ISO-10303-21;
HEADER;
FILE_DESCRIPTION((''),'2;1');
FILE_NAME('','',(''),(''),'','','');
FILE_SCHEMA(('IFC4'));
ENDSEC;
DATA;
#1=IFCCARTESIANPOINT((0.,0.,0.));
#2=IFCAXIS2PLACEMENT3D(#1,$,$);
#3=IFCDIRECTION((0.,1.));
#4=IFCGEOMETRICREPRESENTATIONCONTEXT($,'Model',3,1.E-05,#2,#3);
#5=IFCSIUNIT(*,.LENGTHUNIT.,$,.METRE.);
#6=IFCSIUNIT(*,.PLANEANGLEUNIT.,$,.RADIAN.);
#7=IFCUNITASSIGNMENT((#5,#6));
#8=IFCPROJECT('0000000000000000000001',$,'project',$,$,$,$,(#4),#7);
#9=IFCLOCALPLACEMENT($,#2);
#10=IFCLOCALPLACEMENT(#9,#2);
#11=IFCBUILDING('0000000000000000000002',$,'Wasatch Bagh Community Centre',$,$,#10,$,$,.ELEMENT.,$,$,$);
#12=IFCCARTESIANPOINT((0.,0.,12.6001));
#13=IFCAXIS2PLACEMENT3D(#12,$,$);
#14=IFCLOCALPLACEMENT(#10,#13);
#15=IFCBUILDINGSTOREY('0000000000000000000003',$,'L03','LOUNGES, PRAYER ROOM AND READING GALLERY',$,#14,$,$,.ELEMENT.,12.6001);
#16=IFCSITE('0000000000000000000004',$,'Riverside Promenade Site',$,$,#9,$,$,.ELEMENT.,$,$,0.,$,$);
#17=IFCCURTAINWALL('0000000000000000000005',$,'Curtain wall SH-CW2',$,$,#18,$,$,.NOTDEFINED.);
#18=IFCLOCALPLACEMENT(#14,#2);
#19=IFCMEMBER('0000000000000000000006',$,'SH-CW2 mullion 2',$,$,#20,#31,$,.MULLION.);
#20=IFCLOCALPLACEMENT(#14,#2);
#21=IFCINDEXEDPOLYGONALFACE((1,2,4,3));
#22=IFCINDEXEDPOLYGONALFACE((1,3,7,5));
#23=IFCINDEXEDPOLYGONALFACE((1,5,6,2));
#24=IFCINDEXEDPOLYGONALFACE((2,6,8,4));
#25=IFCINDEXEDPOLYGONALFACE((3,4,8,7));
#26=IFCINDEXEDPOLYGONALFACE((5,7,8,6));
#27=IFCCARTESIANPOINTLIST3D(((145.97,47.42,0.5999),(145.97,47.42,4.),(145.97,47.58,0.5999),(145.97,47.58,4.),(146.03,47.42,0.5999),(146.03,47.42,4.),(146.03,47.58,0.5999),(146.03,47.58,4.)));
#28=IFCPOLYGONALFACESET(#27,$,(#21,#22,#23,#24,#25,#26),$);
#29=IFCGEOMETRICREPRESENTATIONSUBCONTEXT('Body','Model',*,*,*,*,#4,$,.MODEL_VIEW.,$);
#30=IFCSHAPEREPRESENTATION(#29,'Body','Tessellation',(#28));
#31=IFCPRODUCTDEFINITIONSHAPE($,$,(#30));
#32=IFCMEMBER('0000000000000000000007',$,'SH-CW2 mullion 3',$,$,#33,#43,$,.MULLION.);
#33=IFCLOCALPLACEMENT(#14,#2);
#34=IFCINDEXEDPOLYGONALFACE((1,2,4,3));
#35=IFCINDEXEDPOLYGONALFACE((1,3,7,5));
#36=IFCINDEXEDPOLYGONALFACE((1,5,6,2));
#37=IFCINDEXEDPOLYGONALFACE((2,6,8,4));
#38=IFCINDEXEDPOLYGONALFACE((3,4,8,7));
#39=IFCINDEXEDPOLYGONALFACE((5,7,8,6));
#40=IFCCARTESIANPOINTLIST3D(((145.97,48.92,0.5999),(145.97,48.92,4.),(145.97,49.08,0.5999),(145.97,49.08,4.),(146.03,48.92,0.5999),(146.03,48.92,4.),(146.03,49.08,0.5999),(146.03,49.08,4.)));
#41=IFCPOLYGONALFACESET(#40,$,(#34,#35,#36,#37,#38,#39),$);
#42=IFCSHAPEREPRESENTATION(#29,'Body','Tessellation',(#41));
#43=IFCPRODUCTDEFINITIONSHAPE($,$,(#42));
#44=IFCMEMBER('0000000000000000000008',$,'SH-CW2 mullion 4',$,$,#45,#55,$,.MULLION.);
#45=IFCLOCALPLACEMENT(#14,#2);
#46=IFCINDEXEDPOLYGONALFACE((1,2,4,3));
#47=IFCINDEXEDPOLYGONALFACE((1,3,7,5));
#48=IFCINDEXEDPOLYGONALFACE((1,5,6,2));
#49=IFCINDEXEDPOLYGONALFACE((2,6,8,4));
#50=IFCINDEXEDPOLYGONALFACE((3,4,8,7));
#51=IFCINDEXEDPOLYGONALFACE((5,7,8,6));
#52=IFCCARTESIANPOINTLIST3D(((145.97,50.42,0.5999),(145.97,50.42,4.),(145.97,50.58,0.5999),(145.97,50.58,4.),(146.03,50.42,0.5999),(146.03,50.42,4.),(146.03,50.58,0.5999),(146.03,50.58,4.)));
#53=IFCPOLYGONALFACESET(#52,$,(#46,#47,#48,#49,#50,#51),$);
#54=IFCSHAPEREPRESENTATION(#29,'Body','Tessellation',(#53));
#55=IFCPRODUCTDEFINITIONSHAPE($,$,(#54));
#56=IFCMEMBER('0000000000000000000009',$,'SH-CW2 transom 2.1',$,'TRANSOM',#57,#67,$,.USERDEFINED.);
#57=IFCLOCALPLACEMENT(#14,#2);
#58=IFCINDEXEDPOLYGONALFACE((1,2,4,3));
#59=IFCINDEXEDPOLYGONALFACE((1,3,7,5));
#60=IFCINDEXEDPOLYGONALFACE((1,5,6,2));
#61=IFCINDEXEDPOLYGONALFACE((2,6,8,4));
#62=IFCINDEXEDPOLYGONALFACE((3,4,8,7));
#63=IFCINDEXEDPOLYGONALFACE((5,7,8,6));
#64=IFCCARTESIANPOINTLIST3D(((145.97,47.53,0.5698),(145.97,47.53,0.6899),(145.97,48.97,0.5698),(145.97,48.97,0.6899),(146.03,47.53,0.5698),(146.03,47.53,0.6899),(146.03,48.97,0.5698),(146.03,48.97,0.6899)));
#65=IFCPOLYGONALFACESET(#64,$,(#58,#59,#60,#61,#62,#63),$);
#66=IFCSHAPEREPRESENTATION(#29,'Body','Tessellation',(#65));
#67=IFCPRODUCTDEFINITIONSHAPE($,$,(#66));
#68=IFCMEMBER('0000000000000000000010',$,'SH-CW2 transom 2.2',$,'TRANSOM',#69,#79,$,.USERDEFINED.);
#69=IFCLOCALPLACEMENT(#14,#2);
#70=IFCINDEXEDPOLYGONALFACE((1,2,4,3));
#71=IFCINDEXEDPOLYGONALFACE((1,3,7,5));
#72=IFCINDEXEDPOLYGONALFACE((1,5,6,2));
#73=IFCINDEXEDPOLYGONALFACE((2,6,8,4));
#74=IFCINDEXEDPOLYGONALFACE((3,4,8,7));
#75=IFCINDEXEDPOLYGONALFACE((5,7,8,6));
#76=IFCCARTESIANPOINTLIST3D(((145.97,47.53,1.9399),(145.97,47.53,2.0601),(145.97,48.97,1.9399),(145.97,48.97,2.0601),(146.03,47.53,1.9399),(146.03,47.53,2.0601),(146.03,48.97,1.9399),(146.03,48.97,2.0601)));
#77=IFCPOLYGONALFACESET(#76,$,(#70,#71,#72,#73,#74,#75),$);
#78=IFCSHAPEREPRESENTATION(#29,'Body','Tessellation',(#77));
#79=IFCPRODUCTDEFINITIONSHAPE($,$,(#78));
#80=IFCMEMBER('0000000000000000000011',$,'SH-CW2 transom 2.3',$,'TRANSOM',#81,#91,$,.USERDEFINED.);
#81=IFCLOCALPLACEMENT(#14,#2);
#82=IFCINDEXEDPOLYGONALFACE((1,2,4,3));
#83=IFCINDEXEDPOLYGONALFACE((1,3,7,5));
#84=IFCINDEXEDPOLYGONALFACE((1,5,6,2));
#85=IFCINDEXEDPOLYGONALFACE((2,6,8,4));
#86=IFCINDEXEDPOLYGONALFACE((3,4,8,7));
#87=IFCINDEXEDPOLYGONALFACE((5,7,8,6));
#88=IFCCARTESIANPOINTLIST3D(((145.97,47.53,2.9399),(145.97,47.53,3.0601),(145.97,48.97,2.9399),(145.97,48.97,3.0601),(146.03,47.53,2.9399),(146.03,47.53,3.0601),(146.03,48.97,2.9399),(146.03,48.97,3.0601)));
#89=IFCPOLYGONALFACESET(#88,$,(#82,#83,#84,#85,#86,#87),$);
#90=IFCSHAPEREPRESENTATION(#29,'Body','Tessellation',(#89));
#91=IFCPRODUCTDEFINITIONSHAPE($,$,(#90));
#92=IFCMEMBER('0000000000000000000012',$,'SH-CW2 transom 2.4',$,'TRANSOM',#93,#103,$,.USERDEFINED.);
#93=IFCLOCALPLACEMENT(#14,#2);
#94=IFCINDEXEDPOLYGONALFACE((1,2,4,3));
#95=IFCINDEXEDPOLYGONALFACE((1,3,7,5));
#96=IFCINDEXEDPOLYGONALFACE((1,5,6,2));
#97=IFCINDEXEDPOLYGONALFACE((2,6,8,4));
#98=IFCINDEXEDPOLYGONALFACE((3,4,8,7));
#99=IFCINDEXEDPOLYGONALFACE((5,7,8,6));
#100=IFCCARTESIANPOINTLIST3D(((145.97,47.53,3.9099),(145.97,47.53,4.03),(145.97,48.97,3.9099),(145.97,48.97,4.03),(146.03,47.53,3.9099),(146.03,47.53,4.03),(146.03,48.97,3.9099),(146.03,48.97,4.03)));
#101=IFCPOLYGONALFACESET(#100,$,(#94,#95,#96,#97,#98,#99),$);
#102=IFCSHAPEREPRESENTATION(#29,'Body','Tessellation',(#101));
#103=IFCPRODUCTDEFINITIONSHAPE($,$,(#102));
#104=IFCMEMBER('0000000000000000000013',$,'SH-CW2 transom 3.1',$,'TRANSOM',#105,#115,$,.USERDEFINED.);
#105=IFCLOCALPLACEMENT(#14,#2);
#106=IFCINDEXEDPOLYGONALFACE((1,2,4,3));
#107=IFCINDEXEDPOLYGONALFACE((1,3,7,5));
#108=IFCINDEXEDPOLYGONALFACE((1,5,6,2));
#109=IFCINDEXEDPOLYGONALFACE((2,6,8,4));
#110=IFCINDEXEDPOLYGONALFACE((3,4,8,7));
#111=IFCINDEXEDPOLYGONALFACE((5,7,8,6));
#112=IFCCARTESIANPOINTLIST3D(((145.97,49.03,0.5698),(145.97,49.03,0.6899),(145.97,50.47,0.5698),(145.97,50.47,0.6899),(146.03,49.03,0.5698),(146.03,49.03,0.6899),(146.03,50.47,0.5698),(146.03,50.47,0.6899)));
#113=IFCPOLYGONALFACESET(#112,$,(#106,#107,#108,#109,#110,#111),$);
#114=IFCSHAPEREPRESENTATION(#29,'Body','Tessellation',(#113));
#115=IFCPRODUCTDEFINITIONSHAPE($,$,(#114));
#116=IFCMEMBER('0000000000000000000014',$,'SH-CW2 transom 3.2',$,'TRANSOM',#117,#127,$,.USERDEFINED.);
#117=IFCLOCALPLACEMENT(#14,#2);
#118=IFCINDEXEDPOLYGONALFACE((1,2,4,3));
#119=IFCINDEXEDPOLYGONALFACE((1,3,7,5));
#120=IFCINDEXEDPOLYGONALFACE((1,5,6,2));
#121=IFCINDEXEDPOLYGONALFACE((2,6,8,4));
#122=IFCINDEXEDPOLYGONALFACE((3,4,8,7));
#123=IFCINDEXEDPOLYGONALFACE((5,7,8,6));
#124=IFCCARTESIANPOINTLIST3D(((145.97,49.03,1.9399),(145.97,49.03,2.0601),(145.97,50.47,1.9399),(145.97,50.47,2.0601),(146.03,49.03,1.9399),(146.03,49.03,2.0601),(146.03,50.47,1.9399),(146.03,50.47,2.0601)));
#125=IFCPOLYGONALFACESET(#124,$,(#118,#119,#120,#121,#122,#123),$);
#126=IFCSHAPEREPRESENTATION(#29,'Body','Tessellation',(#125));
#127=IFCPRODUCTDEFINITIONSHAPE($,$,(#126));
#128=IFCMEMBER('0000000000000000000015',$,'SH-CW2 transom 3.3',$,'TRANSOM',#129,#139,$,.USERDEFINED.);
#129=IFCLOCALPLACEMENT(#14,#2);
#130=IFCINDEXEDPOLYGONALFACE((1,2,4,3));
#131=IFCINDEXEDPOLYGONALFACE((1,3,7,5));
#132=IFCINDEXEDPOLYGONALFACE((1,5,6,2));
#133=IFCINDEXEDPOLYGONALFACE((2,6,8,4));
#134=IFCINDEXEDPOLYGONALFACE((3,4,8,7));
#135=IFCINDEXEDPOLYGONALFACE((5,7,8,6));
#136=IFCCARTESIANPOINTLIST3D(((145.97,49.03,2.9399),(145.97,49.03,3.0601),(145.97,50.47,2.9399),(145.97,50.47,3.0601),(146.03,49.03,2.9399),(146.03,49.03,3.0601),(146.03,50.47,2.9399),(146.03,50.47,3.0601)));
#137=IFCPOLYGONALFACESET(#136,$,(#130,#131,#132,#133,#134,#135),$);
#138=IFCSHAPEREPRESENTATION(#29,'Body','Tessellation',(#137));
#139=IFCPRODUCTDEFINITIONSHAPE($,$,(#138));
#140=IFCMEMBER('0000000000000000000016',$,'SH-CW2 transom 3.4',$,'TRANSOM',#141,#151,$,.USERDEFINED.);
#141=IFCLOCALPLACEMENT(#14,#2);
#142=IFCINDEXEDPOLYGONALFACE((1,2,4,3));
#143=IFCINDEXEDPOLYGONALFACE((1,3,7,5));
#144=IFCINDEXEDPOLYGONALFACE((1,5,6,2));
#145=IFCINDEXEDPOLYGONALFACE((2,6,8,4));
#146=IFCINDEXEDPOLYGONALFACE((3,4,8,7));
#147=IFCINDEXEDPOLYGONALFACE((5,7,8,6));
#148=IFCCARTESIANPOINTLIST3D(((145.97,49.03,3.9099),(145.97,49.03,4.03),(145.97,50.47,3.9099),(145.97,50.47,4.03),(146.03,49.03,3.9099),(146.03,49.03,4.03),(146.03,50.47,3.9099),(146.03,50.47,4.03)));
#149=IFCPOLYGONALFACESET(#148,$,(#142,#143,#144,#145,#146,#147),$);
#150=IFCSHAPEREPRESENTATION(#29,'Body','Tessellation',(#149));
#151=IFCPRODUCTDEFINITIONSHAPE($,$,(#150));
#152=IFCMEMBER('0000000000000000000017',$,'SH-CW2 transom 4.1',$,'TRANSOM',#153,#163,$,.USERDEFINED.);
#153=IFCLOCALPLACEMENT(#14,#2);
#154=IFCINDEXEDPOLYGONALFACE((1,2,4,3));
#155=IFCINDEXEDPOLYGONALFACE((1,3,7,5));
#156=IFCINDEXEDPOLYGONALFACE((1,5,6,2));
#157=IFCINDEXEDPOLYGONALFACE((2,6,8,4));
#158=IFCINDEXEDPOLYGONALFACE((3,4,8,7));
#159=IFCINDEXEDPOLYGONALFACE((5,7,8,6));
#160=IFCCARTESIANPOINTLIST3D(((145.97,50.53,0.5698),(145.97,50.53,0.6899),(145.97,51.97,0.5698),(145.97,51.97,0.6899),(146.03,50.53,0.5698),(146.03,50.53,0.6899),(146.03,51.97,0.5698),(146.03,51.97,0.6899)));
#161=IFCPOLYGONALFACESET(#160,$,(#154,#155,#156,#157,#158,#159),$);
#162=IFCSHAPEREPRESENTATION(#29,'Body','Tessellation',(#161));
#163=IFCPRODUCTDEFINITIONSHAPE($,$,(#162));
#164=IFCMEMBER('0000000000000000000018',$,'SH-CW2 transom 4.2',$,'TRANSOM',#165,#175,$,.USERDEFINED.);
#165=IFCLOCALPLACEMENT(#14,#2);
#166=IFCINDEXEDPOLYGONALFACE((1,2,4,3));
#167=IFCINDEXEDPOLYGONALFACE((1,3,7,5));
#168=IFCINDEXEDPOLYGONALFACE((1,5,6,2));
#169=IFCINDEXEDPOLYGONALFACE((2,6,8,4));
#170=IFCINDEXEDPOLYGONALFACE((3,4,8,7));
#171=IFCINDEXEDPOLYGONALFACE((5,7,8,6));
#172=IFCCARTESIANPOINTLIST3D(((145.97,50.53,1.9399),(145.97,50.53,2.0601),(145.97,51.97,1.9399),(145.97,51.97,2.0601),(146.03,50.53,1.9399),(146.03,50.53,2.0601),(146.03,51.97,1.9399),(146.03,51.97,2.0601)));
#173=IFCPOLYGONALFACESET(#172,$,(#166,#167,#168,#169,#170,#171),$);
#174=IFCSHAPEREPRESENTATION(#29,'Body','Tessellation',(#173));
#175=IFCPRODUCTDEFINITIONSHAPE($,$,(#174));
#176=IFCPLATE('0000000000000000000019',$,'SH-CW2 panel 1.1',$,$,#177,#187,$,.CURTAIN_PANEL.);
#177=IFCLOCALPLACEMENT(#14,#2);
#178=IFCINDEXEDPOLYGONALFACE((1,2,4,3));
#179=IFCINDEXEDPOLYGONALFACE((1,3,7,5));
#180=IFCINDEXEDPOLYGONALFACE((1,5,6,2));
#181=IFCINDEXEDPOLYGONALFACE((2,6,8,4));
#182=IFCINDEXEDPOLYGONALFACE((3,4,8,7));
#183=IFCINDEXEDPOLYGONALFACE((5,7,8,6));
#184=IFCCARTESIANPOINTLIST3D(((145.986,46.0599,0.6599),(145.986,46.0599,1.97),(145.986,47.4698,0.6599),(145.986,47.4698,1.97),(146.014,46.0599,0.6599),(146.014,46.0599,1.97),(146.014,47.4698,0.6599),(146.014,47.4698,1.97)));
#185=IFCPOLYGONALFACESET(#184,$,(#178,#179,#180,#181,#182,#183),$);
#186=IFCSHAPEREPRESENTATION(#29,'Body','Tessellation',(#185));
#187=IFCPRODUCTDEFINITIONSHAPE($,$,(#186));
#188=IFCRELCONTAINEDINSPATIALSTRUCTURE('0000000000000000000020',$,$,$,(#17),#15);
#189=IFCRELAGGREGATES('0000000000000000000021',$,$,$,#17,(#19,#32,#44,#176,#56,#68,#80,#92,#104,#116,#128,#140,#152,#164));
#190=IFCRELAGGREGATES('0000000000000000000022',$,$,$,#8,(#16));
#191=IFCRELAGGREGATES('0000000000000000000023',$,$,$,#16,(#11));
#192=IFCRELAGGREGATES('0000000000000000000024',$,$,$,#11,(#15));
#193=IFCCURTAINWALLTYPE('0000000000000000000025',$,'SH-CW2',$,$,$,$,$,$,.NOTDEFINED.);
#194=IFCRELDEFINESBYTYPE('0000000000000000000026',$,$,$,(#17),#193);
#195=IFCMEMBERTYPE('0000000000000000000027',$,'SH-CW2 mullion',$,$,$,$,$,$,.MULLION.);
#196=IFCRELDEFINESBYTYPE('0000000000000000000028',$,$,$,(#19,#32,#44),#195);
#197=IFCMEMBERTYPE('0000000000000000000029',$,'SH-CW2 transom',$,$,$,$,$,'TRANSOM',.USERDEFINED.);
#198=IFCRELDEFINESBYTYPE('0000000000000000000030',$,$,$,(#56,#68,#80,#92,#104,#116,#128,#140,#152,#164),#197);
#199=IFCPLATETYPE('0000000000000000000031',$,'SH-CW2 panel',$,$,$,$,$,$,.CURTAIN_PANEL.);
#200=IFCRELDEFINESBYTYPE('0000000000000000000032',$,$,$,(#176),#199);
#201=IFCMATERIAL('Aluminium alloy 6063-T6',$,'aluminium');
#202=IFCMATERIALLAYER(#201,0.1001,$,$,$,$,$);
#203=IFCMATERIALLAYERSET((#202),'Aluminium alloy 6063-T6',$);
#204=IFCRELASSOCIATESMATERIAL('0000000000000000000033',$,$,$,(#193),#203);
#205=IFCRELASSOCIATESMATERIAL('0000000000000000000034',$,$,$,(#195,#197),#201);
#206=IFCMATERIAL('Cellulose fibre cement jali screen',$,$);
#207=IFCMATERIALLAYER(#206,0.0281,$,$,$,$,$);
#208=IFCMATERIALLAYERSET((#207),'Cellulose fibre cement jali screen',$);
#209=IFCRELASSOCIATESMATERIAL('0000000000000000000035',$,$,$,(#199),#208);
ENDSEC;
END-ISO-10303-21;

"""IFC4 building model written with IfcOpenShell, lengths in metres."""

from ifc_helpers import new_model, si_unit, direction, frame, origin, origin_2d, place, context, subcontext, project, spatial, rectangle, extrude, material, layer, layer_set, material_profile, profile_set, type_object, element, aggregate, save


model = new_model("IFC4")

# Units and contexts
model_context = context("Model", 3, precision=1e-05, world=origin(), true_north=direction((0.0, 1.0)))
body_context = subcontext(model_context, "Body", "Model", "MODEL_VIEW")
ifc_project = project(units=[si_unit("LENGTHUNIT", "METRE"), si_unit("PLANEANGLEUNIT", "RADIAN")], contexts=[model_context])

# Site, building, storey
site_placement = place(None, origin())
site = spatial("IfcSite", under=ifc_project, at=site_placement, Name="Riverside Promenade Site", CompositionType="ELEMENT", RefElevation=0.0)
building_placement = place(site_placement, origin())
building = spatial("IfcBuilding", under=site, at=building_placement, Name="Wasatch Bagh Community Centre", CompositionType="ELEMENT")
storey_placement = place(building_placement, frame((0.0, 0.0, 12.6001)))
storey = spatial("IfcBuildingStorey", under=building, at=storey_placement, Name="L03", Description="LOUNGES, PRAYER ROOM AND READING GALLERY", CompositionType="ELEMENT", Elevation=12.6001)

# Curtain wall, members, plate
ifc_material_1 = material(Name="Aluminium alloy 6063-T6", Category="aluminium")
ifc_layer_1 = layer(ifc_material_1, 0.1001)
ifc_layer_set_1 = layer_set([ifc_layer_1], Name="Aluminium alloy 6063-T6")
curtain_wall_type = type_object("IfcCurtainWallType", Name="SH-CW2", PredefinedType="NOTDEFINED", material=ifc_layer_set_1)
curtain_wall_placement = place(storey_placement, origin())
curtain_wall = element("IfcCurtainWall", 1, at=curtain_wall_placement, inside=storey, type_object=curtain_wall_type, Name="Curtain wall SH-CW2", PredefinedType="NOTDEFINED")
ifc_material_profile_1 = material_profile(ifc_material_1, rectangle(XDim=0.0601, YDim=0.1599, at=origin_2d()), Name="AL 60x160")
ifc_profile_set_1 = profile_set([ifc_material_profile_1], Name="Aluminium alloy 6063-T6")
member_type_1 = type_object("IfcMemberType", Name="SH-CW2 mullion", PredefinedType="MULLION", material=ifc_profile_set_1)
member_1_placement = place(storey_placement, frame((146.0, 47.5, 0.5999), z_axis=(0.0, 0.0, 1.0), x_axis=(-1.0, 0.0, 0.0)))
member_1 = element("IfcMember", 2, at=member_1_placement, type_object=member_type_1, Name="SH-CW2 mullion 2", PredefinedType="MULLION", context=body_context, shape_type="SweptSolid", body=[
    extrude(rectangle(XDim=0.0601, YDim=0.1599, at=origin_2d()), origin(), (0.0, 0.0, 1.0), 3.4001),
])
member_2_placement = place(storey_placement, frame((146.0, 49.0, 0.5999), z_axis=(0.0, 0.0, 1.0), x_axis=(-1.0, 0.0, 0.0)))
member_2 = element("IfcMember", 3, at=member_2_placement, type_object=member_type_1, Name="SH-CW2 mullion 3", PredefinedType="MULLION", context=body_context, shape_type="SweptSolid", body=[
    extrude(rectangle(XDim=0.0601, YDim=0.1599, at=origin_2d()), origin(), (0.0, 0.0, 1.0), 3.4001),
])
member_3_placement = place(storey_placement, frame((146.0, 50.5, 0.5999), z_axis=(0.0, 0.0, 1.0), x_axis=(-1.0, 0.0, 0.0)))
member_3 = element("IfcMember", 4, at=member_3_placement, type_object=member_type_1, Name="SH-CW2 mullion 4", PredefinedType="MULLION", context=body_context, shape_type="SweptSolid", body=[
    extrude(rectangle(XDim=0.0601, YDim=0.1599, at=origin_2d()), origin(), (0.0, 0.0, 1.0), 3.4001),
])
ifc_material_profile_2 = material_profile(ifc_material_1, rectangle(XDim=0.0601, YDim=0.1201, at=origin_2d()), Name="AL 60x120")
ifc_profile_set_2 = profile_set([ifc_material_profile_2], Name="Aluminium alloy 6063-T6")
member_type_2 = type_object("IfcMemberType", Name="SH-CW2 transom", ElementType="TRANSOM", PredefinedType="USERDEFINED", material=ifc_profile_set_2)
member_4_placement = place(storey_placement, frame((146.0, 47.53, 0.6299), z_axis=(0.0, 1.0, 0.0), x_axis=(-1.0, 0.0, 0.0)))
member_4 = element("IfcMember", 5, at=member_4_placement, type_object=member_type_2, Name="SH-CW2 transom 2.1", ObjectType="TRANSOM", PredefinedType="USERDEFINED", context=body_context, shape_type="SweptSolid", body=[
    extrude(rectangle(XDim=0.0601, YDim=0.1201, at=origin_2d()), origin(), (0.0, 0.0, 1.0), 1.4399),
])
member_5_placement = place(storey_placement, frame((146.0, 47.53, 2.0), z_axis=(0.0, 1.0, 0.0), x_axis=(-1.0, 0.0, 0.0)))
member_5 = element("IfcMember", 6, at=member_5_placement, type_object=member_type_2, Name="SH-CW2 transom 2.2", ObjectType="TRANSOM", PredefinedType="USERDEFINED", context=body_context, shape_type="SweptSolid", body=[
    extrude(rectangle(XDim=0.0601, YDim=0.1201, at=origin_2d()), origin(), (0.0, 0.0, 1.0), 1.4399),
])
member_6_placement = place(storey_placement, frame((146.0, 47.53, 3.0), z_axis=(0.0, 1.0, 0.0), x_axis=(-1.0, 0.0, 0.0)))
member_6 = element("IfcMember", 7, at=member_6_placement, type_object=member_type_2, Name="SH-CW2 transom 2.3", ObjectType="TRANSOM", PredefinedType="USERDEFINED", context=body_context, shape_type="SweptSolid", body=[
    extrude(rectangle(XDim=0.0601, YDim=0.1201, at=origin_2d()), origin(), (0.0, 0.0, 1.0), 1.4399),
])
member_7_placement = place(storey_placement, frame((146.0, 47.53, 3.97), z_axis=(0.0, 1.0, 0.0), x_axis=(-1.0, 0.0, 0.0)))
member_7 = element("IfcMember", 8, at=member_7_placement, type_object=member_type_2, Name="SH-CW2 transom 2.4", ObjectType="TRANSOM", PredefinedType="USERDEFINED", context=body_context, shape_type="SweptSolid", body=[
    extrude(rectangle(XDim=0.0601, YDim=0.1201, at=origin_2d()), origin(), (0.0, 0.0, 1.0), 1.4399),
])
member_8_placement = place(storey_placement, frame((146.0, 49.03, 0.6299), z_axis=(0.0, 1.0, 0.0), x_axis=(-1.0, 0.0, 0.0)))
member_8 = element("IfcMember", 9, at=member_8_placement, type_object=member_type_2, Name="SH-CW2 transom 3.1", ObjectType="TRANSOM", PredefinedType="USERDEFINED", context=body_context, shape_type="SweptSolid", body=[
    extrude(rectangle(XDim=0.0601, YDim=0.1201, at=origin_2d()), origin(), (0.0, 0.0, 1.0), 1.4399),
])
member_9_placement = place(storey_placement, frame((146.0, 49.03, 2.0), z_axis=(0.0, 1.0, 0.0), x_axis=(-1.0, 0.0, 0.0)))
member_9 = element("IfcMember", 10, at=member_9_placement, type_object=member_type_2, Name="SH-CW2 transom 3.2", ObjectType="TRANSOM", PredefinedType="USERDEFINED", context=body_context, shape_type="SweptSolid", body=[
    extrude(rectangle(XDim=0.0601, YDim=0.1201, at=origin_2d()), origin(), (0.0, 0.0, 1.0), 1.4399),
])
member_10_placement = place(storey_placement, frame((146.0, 49.03, 3.0), z_axis=(0.0, 1.0, 0.0), x_axis=(-1.0, 0.0, 0.0)))
member_10 = element("IfcMember", 11, at=member_10_placement, type_object=member_type_2, Name="SH-CW2 transom 3.3", ObjectType="TRANSOM", PredefinedType="USERDEFINED", context=body_context, shape_type="SweptSolid", body=[
    extrude(rectangle(XDim=0.0601, YDim=0.1201, at=origin_2d()), origin(), (0.0, 0.0, 1.0), 1.4399),
])
member_11_placement = place(storey_placement, frame((146.0, 49.03, 3.97), z_axis=(0.0, 1.0, 0.0), x_axis=(-1.0, 0.0, 0.0)))
member_11 = element("IfcMember", 12, at=member_11_placement, type_object=member_type_2, Name="SH-CW2 transom 3.4", ObjectType="TRANSOM", PredefinedType="USERDEFINED", context=body_context, shape_type="SweptSolid", body=[
    extrude(rectangle(XDim=0.0601, YDim=0.1201, at=origin_2d()), origin(), (0.0, 0.0, 1.0), 1.4399),
])
member_12_placement = place(storey_placement, frame((146.0, 50.53, 0.6299), z_axis=(0.0, 1.0, 0.0), x_axis=(-1.0, 0.0, 0.0)))
member_12 = element("IfcMember", 13, at=member_12_placement, type_object=member_type_2, Name="SH-CW2 transom 4.1", ObjectType="TRANSOM", PredefinedType="USERDEFINED", context=body_context, shape_type="SweptSolid", body=[
    extrude(rectangle(XDim=0.0601, YDim=0.1201, at=origin_2d()), origin(), (0.0, 0.0, 1.0), 1.4399),
])
member_13_placement = place(storey_placement, frame((146.0, 50.53, 2.0), z_axis=(0.0, 1.0, 0.0), x_axis=(-1.0, 0.0, 0.0)))
member_13 = element("IfcMember", 14, at=member_13_placement, type_object=member_type_2, Name="SH-CW2 transom 4.2", ObjectType="TRANSOM", PredefinedType="USERDEFINED", context=body_context, shape_type="SweptSolid", body=[
    extrude(rectangle(XDim=0.0601, YDim=0.1201, at=origin_2d()), origin(), (0.0, 0.0, 1.0), 1.4399),
])
ifc_material_2 = material(Name="Cellulose fibre cement jali screen")
ifc_layer_2 = layer(ifc_material_2, 0.0281)
ifc_layer_set_2 = layer_set([ifc_layer_2], Name="Cellulose fibre cement jali screen")
plate_type = type_object("IfcPlateType", Name="SH-CW2 panel", PredefinedType="CURTAIN_PANEL", material=ifc_layer_set_2)
plate_1_placement = place(storey_placement, frame((146.0, 46.7649, 0.6599), z_axis=(0.0, 0.0, 1.0), x_axis=(0.0, 1.0, 0.0)))
plate_1 = element("IfcPlate", 15, at=plate_1_placement, type_object=plate_type, Name="SH-CW2 panel 1.1", PredefinedType="CURTAIN_PANEL", context=body_context, shape_type="SweptSolid", body=[
    extrude(rectangle(XDim=1.4099, YDim=0.0281, at=origin_2d()), origin(), (0.0, 0.0, 1.0), 1.3101),
])
aggregate(curtain_wall, [member_1, member_2, member_3, plate_1, member_4, member_5, member_6, member_7, member_8, member_9, member_10, member_11, member_12, member_13])

save(model, "model.ifc")
